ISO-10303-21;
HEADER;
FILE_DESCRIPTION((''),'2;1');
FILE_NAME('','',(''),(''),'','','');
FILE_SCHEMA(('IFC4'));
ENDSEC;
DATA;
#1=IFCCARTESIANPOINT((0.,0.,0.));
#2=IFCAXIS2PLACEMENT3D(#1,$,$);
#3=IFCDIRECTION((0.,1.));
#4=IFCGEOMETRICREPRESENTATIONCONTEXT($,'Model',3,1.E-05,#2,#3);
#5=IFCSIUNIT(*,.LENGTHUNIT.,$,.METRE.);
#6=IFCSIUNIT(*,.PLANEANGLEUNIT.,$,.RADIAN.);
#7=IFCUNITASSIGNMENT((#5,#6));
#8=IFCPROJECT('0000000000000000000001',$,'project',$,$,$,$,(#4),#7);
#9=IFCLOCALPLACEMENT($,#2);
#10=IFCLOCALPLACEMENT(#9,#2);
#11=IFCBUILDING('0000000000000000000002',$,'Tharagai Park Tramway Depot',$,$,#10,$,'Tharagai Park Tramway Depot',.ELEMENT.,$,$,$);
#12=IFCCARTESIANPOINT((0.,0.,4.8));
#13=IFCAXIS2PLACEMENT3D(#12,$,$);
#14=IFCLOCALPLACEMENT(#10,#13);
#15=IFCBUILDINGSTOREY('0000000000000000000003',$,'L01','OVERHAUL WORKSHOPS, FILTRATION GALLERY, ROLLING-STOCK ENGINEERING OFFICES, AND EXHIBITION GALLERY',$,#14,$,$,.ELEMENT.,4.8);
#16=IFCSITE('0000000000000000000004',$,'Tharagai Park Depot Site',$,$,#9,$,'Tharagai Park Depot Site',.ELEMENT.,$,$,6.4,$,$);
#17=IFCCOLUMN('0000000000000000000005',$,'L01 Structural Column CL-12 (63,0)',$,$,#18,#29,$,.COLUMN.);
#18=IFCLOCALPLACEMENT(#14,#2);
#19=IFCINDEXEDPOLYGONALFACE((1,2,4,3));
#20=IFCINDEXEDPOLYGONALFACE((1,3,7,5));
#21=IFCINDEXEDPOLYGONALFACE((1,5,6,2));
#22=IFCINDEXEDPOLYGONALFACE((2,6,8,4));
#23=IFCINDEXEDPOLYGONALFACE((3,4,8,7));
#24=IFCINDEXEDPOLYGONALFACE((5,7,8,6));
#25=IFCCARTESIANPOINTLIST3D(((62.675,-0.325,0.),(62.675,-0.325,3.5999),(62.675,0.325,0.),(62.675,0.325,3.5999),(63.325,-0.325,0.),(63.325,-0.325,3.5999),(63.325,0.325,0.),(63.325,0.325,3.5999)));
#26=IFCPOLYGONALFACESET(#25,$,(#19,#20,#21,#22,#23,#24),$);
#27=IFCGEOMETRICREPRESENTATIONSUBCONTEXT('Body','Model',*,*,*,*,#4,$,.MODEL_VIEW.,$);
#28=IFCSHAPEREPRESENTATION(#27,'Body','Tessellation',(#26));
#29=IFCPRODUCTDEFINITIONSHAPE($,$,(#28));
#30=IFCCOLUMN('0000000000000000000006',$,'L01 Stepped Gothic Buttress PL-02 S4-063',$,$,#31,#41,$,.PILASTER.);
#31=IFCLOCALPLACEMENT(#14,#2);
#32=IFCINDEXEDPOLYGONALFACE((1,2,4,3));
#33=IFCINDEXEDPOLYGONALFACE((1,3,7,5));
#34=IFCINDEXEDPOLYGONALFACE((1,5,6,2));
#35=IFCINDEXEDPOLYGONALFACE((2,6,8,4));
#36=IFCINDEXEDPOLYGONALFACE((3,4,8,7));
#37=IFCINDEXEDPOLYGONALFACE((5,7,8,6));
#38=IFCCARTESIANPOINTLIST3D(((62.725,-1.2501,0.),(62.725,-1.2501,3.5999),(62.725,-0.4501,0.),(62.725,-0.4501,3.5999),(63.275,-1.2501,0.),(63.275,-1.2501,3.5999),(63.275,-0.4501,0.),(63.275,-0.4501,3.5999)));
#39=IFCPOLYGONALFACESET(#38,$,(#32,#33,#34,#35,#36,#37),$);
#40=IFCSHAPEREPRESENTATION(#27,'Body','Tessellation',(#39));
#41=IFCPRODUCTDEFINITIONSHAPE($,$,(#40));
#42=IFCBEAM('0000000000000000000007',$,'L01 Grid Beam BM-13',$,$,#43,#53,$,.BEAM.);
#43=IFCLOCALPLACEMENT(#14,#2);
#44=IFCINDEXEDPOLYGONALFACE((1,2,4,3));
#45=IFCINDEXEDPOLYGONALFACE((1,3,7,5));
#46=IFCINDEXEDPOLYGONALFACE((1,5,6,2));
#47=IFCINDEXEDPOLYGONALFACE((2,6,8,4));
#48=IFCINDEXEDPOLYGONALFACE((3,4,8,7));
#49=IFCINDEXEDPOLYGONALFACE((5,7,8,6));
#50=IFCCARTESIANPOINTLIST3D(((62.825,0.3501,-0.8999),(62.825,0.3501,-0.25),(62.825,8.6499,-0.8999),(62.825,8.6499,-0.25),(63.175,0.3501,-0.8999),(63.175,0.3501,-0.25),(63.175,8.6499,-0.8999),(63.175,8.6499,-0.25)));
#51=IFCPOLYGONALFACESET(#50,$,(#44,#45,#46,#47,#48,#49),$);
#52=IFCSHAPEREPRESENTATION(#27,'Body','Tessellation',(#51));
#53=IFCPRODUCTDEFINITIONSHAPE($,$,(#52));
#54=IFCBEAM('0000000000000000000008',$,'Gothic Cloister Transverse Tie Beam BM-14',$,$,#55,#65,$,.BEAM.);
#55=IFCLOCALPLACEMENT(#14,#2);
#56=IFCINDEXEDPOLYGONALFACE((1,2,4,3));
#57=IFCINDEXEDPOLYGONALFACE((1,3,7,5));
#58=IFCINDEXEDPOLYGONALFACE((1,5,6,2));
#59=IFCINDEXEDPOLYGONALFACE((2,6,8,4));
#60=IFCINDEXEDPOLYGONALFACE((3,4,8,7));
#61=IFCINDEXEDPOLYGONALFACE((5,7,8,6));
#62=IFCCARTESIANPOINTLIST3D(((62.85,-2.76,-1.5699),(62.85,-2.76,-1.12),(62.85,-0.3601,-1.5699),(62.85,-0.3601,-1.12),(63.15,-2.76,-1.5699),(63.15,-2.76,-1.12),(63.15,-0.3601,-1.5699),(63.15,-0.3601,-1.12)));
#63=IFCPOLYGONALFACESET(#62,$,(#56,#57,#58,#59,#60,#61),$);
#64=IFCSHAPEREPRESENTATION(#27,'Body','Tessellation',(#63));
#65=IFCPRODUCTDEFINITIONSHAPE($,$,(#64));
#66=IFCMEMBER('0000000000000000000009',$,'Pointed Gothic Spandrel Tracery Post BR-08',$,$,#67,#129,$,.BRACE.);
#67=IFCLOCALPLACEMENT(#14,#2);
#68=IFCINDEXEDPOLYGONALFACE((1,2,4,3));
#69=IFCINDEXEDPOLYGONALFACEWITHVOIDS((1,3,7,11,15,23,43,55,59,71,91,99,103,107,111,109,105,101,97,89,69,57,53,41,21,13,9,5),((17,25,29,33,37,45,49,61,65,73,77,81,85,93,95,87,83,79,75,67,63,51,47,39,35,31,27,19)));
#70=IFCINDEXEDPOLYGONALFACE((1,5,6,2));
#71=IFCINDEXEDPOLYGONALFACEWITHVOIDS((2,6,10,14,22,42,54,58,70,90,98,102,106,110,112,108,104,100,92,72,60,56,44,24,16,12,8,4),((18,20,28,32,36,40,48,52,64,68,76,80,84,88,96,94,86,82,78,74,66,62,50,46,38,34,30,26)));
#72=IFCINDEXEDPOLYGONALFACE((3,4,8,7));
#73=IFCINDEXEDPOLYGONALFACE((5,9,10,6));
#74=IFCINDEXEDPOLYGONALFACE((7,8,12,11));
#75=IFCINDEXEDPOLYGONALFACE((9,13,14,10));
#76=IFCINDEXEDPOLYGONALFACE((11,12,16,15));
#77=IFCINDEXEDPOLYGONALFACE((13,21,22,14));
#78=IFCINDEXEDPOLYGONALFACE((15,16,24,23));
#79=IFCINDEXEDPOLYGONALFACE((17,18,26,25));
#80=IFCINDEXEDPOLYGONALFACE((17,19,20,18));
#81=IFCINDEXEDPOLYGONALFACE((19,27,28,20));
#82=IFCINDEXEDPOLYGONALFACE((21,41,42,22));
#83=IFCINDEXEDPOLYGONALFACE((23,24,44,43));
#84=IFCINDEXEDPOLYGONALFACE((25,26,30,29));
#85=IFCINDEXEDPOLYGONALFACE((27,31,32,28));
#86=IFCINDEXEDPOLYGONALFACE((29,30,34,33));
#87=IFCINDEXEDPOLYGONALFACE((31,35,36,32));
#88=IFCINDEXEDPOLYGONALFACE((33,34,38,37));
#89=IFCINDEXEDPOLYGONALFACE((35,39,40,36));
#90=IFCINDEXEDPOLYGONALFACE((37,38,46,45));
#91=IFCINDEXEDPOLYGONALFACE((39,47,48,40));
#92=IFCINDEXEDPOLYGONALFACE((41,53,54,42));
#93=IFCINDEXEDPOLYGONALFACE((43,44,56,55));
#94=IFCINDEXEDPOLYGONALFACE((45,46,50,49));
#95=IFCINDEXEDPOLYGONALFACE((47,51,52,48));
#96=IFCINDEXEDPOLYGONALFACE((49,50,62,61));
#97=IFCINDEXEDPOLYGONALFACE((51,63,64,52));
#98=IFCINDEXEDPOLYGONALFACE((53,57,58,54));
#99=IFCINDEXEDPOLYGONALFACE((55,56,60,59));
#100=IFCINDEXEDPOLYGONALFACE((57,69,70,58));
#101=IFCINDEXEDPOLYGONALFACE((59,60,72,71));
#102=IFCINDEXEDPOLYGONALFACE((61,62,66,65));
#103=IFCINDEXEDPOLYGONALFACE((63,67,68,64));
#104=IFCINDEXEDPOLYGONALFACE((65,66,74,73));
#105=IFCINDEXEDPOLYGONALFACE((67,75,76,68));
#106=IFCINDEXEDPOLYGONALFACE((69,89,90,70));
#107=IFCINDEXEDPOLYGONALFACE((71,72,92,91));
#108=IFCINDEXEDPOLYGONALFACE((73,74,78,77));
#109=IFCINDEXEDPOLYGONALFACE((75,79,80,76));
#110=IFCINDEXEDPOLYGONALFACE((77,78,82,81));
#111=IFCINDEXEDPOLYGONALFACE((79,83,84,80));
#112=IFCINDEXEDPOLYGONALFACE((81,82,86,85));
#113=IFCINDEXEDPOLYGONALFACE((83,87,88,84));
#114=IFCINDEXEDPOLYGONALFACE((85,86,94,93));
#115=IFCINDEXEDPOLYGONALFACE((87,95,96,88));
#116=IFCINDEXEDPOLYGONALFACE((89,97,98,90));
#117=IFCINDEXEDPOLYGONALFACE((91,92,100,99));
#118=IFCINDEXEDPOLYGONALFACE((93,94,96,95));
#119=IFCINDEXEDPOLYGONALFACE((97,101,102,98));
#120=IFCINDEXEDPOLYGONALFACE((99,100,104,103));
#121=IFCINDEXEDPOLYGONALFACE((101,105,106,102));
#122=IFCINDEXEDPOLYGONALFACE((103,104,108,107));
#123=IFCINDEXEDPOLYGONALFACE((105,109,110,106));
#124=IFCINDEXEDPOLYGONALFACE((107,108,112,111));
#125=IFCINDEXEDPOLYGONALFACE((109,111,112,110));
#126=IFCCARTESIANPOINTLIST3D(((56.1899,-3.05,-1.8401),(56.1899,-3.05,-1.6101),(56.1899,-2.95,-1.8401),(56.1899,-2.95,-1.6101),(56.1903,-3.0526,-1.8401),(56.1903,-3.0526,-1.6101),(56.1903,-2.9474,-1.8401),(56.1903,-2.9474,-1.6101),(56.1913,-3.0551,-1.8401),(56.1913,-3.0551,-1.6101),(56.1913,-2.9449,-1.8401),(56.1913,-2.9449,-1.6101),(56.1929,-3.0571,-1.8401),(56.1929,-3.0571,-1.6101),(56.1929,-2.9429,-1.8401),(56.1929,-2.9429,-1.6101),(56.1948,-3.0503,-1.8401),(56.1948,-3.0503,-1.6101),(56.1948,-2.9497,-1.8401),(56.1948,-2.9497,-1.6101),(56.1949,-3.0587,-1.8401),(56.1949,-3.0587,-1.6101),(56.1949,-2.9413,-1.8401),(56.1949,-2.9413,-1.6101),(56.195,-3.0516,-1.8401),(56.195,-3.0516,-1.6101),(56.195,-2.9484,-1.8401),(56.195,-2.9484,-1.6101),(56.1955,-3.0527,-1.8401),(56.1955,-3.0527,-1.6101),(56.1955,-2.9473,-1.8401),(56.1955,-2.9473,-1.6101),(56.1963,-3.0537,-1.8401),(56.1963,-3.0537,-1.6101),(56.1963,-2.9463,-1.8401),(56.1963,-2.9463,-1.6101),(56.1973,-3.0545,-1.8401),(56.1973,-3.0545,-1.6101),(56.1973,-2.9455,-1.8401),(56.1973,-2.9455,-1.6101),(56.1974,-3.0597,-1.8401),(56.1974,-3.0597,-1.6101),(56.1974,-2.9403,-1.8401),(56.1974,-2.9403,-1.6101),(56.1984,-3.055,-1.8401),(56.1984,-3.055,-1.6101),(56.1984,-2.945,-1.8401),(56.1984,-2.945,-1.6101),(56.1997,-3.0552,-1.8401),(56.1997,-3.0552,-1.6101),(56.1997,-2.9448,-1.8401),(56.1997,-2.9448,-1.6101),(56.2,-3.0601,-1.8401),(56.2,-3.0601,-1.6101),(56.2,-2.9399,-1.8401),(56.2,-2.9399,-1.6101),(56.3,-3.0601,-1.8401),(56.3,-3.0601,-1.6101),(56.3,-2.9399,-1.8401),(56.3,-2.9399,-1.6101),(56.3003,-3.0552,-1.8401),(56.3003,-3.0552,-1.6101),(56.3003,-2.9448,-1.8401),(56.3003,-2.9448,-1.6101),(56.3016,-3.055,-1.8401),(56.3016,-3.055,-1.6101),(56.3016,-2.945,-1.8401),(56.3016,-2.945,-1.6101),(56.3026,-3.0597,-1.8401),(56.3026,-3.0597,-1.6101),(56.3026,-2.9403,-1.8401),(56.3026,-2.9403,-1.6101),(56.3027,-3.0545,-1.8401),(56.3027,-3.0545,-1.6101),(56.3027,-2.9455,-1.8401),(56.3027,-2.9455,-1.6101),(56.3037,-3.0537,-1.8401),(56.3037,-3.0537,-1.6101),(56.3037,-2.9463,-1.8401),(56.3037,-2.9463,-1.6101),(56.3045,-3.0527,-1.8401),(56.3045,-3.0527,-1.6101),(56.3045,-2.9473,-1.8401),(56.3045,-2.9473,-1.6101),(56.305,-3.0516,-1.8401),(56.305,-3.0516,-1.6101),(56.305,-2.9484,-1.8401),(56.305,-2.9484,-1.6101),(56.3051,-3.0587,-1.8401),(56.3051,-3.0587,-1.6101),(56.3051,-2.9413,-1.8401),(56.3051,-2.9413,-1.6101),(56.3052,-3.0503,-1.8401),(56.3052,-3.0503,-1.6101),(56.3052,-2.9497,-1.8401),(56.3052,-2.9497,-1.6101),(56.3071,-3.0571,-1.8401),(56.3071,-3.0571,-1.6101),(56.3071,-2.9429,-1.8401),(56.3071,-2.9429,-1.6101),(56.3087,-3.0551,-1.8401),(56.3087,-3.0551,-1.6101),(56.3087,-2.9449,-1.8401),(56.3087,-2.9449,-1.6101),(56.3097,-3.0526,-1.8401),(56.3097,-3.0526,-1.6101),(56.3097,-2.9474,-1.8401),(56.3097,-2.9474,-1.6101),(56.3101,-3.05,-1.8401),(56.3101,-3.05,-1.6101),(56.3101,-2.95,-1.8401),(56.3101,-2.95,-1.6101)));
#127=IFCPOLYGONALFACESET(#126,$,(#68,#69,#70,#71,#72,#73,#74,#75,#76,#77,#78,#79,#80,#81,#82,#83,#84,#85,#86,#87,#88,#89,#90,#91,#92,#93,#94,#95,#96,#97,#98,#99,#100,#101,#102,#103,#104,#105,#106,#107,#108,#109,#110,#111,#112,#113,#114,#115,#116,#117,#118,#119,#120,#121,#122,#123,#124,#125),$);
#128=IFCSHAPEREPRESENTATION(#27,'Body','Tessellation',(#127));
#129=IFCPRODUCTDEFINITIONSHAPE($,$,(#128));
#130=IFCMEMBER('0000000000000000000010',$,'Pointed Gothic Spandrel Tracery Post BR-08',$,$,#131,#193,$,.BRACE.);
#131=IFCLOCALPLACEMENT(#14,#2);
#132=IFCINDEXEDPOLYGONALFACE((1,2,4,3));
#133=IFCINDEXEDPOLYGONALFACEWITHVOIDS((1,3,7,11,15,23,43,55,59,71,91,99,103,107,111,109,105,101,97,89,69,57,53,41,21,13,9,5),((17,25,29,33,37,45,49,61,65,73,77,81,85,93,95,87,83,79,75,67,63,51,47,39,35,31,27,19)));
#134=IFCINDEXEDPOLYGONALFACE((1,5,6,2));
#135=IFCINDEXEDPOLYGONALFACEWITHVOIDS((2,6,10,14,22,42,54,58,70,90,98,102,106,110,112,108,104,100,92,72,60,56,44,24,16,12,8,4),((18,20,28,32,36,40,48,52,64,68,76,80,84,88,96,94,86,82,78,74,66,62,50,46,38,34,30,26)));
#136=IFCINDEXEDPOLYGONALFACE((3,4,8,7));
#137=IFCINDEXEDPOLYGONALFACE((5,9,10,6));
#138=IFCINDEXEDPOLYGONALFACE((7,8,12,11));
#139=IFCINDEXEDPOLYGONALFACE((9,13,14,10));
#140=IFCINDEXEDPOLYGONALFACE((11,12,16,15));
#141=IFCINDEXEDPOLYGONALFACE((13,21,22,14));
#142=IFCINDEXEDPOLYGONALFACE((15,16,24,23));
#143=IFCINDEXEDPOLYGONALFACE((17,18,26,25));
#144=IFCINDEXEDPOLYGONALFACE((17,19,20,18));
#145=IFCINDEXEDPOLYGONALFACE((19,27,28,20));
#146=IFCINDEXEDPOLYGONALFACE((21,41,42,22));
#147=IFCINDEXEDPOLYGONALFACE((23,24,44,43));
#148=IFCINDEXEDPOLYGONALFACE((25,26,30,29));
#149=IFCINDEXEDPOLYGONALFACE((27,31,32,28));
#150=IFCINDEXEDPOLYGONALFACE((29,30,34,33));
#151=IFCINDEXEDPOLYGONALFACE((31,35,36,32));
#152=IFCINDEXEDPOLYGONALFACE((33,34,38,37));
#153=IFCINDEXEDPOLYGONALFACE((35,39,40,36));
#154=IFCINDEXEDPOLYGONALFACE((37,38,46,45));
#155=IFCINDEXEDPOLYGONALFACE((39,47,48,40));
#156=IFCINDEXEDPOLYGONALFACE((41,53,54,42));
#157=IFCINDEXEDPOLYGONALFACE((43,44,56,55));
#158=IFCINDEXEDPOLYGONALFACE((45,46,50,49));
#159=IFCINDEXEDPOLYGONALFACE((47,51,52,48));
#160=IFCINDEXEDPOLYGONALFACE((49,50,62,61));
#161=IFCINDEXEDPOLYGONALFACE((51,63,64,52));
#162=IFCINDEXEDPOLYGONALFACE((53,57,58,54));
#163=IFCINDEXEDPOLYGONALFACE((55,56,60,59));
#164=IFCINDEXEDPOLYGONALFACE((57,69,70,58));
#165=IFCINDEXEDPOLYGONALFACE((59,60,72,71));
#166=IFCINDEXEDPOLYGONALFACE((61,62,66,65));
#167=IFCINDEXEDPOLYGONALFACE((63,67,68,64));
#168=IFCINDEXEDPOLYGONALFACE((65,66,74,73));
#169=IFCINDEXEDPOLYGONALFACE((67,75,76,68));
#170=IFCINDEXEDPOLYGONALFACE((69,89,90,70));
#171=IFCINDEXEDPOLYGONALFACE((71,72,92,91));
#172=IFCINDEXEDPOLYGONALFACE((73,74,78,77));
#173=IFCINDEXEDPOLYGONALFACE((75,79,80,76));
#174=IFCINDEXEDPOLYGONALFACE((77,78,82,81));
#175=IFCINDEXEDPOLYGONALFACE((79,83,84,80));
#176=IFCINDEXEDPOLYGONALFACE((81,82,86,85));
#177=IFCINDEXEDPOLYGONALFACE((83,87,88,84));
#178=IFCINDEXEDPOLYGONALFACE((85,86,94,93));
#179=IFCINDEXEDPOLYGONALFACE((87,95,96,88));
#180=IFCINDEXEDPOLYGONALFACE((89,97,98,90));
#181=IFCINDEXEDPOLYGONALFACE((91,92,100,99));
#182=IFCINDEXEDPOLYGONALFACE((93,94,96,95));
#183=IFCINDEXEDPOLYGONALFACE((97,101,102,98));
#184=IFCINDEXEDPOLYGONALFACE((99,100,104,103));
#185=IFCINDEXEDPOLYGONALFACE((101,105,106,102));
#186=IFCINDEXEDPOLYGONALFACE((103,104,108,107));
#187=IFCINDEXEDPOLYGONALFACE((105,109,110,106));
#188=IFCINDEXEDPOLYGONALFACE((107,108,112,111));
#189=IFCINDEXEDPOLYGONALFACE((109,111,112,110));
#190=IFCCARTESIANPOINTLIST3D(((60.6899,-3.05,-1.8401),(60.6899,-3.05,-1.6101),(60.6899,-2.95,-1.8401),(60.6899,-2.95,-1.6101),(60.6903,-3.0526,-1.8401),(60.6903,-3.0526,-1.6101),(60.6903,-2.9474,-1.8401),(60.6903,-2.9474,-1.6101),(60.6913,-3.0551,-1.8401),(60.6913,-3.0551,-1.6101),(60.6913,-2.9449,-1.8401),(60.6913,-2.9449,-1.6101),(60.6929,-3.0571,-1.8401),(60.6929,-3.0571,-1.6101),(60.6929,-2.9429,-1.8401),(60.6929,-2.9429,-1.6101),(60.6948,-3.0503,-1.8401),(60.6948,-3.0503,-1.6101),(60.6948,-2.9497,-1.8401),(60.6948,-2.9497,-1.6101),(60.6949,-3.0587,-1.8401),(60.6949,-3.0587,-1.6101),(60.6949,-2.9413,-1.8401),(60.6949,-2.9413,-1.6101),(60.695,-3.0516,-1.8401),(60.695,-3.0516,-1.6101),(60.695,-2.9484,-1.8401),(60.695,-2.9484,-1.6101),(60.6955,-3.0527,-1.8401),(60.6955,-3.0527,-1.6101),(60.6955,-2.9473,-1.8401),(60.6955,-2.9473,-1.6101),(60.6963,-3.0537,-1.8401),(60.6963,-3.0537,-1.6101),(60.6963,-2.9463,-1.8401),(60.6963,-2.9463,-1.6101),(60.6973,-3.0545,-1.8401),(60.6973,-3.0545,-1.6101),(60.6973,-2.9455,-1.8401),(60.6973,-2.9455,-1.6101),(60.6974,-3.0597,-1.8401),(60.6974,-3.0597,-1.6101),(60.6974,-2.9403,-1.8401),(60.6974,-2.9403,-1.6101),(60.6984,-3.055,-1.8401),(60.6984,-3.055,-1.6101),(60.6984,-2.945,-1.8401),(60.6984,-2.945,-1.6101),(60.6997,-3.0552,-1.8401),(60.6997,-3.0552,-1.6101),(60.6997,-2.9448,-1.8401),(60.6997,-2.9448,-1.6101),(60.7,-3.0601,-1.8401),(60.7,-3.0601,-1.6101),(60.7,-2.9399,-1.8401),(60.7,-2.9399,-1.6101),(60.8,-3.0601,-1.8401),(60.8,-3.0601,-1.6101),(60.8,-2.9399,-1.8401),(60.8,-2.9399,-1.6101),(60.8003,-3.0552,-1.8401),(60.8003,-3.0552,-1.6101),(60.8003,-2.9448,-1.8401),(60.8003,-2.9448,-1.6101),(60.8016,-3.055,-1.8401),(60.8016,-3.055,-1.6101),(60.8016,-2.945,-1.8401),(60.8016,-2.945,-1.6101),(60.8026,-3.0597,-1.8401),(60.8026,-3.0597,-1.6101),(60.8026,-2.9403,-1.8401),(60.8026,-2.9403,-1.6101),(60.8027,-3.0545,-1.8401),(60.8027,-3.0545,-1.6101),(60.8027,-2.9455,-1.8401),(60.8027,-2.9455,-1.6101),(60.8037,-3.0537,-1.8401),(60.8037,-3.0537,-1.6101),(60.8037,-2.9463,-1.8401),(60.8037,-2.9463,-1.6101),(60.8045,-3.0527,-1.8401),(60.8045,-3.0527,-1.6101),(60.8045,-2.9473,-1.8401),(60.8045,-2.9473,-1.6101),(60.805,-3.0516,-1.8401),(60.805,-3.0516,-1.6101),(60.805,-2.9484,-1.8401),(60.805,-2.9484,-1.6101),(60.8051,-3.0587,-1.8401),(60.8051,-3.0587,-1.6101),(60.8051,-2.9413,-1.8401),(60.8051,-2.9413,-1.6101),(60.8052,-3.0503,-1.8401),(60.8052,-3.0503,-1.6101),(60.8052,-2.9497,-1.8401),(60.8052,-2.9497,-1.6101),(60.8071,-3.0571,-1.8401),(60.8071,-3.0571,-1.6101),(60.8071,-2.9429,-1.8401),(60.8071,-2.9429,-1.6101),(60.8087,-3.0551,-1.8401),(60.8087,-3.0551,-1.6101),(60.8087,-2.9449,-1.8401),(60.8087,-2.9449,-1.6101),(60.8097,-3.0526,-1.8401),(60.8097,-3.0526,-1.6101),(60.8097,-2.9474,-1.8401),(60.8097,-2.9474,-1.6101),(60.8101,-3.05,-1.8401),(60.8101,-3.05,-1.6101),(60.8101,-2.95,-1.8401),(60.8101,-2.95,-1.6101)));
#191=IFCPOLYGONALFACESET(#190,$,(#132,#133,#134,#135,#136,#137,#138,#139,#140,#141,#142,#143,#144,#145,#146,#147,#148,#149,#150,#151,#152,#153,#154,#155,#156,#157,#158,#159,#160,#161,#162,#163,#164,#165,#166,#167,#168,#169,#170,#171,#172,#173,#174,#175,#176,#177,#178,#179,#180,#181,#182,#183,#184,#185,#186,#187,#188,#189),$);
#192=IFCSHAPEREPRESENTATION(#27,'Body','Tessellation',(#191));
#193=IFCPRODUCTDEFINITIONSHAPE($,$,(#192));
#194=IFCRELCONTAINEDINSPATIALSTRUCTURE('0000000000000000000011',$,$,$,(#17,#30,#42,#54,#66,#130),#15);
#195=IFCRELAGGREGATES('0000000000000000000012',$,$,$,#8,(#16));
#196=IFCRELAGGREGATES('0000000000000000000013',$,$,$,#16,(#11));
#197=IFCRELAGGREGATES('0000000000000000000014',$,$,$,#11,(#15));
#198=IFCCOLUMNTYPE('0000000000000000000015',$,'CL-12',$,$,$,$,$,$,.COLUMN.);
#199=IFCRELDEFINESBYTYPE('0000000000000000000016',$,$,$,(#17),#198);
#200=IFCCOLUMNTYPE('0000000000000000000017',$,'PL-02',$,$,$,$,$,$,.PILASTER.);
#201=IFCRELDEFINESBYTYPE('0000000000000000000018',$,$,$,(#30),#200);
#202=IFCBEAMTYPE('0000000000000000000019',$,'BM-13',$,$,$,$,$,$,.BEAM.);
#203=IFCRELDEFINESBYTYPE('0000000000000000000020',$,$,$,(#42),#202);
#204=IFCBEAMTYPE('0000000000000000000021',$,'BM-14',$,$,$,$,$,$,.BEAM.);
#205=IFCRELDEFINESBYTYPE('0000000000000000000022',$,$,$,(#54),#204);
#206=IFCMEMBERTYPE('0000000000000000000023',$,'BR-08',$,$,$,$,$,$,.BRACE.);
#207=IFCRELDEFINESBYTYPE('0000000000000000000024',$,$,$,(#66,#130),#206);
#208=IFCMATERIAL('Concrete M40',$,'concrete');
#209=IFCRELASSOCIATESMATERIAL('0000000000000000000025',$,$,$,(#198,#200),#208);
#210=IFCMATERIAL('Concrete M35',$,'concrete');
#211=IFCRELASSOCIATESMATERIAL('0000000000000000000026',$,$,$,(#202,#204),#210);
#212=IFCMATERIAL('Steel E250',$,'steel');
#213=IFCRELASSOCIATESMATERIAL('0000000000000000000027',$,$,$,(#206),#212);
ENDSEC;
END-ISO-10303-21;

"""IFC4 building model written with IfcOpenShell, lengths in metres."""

from ifc_helpers import new_model, si_unit, direction, frame, origin, origin_2d, place, context, subcontext, project, spatial, rectangle, hollow_rectangle, extrude, material, material_profile, profile_set, type_object, element, save


model = new_model("IFC4")

# Units and contexts
model_context = context("Model", 3, precision=1e-05, world=origin(), true_north=direction((0.0, 1.0)))
body_context = subcontext(model_context, "Body", "Model", "MODEL_VIEW")
ifc_project = project(units=[si_unit("LENGTHUNIT", "METRE"), si_unit("PLANEANGLEUNIT", "RADIAN")], contexts=[model_context])

# Site, building, storey
site_placement = place(None, origin())
site = spatial("IfcSite", under=ifc_project, at=site_placement, Name="Tharagai Park Depot Site", LongName="Tharagai Park Depot Site", CompositionType="ELEMENT", RefElevation=6.4)
building_placement = place(site_placement, origin())
building = spatial("IfcBuilding", under=site, at=building_placement, Name="Tharagai Park Tramway Depot", LongName="Tharagai Park Tramway Depot", CompositionType="ELEMENT")
storey_placement = place(building_placement, frame((0.0, 0.0, 4.8)))
storey = spatial("IfcBuildingStorey", under=building, at=storey_placement, Name="L01", Description="OVERHAUL WORKSHOPS, FILTRATION GALLERY, ROLLING-STOCK ENGINEERING OFFICES, AND EXHIBITION GALLERY", CompositionType="ELEMENT", Elevation=4.8)

# Columns
ifc_material_1 = material(Name="Concrete M40", Category="concrete")
ifc_material_profile_1 = material_profile(ifc_material_1, rectangle(XDim=0.6499, YDim=0.6499, at=origin_2d()), Name="RC 650x650")
ifc_profile_set_1 = profile_set([ifc_material_profile_1], Name="Concrete M40")
column_type_1 = type_object("IfcColumnType", Name="CL-12", PredefinedType="COLUMN", material=ifc_profile_set_1)
column_1_placement = place(storey_placement, frame((63.0, 0.0, 0.0), z_axis=(0.0, 0.0, 1.0), x_axis=(1.0, 0.0, 0.0)))
element("IfcColumn", 1, at=column_1_placement, inside=storey, type_object=column_type_1, Name="L01 Structural Column CL-12 (63,0)", PredefinedType="COLUMN", context=body_context, shape_type="SweptSolid", body=[
    extrude(rectangle(XDim=0.6499, YDim=0.6499, at=origin_2d()), origin(), (0.0, 0.0, 1.0), 3.5999),
])
ifc_material_profile_2 = material_profile(ifc_material_1, rectangle(XDim=0.55, YDim=0.8, at=origin_2d()), Name="RC 550x800")
ifc_profile_set_2 = profile_set([ifc_material_profile_2], Name="Concrete M40")
column_type_2 = type_object("IfcColumnType", Name="PL-02", PredefinedType="PILASTER", material=ifc_profile_set_2)
column_2_placement = place(storey_placement, frame((63.0, -0.8501, 0.0), z_axis=(0.0, 0.0, 1.0), x_axis=(1.0, 0.0, 0.0)))
element("IfcColumn", 2, at=column_2_placement, inside=storey, type_object=column_type_2, Name="L01 Stepped Gothic Buttress PL-02 S4-063", PredefinedType="PILASTER", context=body_context, shape_type="SweptSolid", body=[
    extrude(rectangle(XDim=0.55, YDim=0.8, at=origin_2d()), origin(), (0.0, 0.0, 1.0), 3.5999),
])

# Beams
ifc_material_2 = material(Name="Concrete M35", Category="concrete")
ifc_material_profile_3 = material_profile(ifc_material_2, rectangle(XDim=0.3501, YDim=0.6499, at=origin_2d()), Name="RC 350x650")
ifc_profile_set_3 = profile_set([ifc_material_profile_3], Name="Concrete M35")
beam_type_1 = type_object("IfcBeamType", Name="BM-13", PredefinedType="BEAM", material=ifc_profile_set_3)
beam_1_placement = place(storey_placement, frame((63.0, 0.3501, -0.575), z_axis=(0.0, 1.0, 0.0), x_axis=(-1.0, 0.0, 0.0)))
element("IfcBeam", 3, at=beam_1_placement, inside=storey, type_object=beam_type_1, Name="L01 Grid Beam BM-13", PredefinedType="BEAM", context=body_context, shape_type="SweptSolid", body=[
    extrude(rectangle(XDim=0.3501, YDim=0.6499, at=origin_2d()), origin(), (0.0, 0.0, 1.0), 8.2998),
])
ifc_material_profile_4 = material_profile(ifc_material_2, rectangle(XDim=0.3, YDim=0.45, at=origin_2d()), Name="RC 300x450")
ifc_profile_set_4 = profile_set([ifc_material_profile_4], Name="Concrete M35")
beam_type_2 = type_object("IfcBeamType", Name="BM-14", PredefinedType="BEAM", material=ifc_profile_set_4)
beam_2_placement = place(storey_placement, frame((63.0, -2.76, -1.345), z_axis=(0.0, 1.0, 0.0), x_axis=(-1.0, 0.0, 0.0)))
element("IfcBeam", 4, at=beam_2_placement, inside=storey, type_object=beam_type_2, Name="Gothic Cloister Transverse Tie Beam BM-14", PredefinedType="BEAM", context=body_context, shape_type="SweptSolid", body=[
    extrude(rectangle(XDim=0.3, YDim=0.45, at=origin_2d()), origin(), (0.0, 0.0, 1.0), 2.3999),
])

# Members
ifc_material_3 = material(Name="Steel E250", Category="steel")
ifc_material_profile_5 = material_profile(ifc_material_3, hollow_rectangle(XDim=0.1201, YDim=0.1201, WallThickness=0.0049, InnerFilletRadius=0.0049, OuterFilletRadius=0.01, at=origin_2d()), Name="SHS 120x120x5")
ifc_profile_set_5 = profile_set([ifc_material_profile_5], Name="Steel E250")
member_type_1 = type_object("IfcMemberType", Name="BR-08", PredefinedType="BRACE", material=ifc_profile_set_5)
for number, where, z_axis, x_axis, name in (
    (5, (56.25, -3.0, -1.8401), (0.0, 0.0, 1.0), (1.0, 0.0, 0.0), "Pointed Gothic Spandrel Tracery Post BR-08"),
    (6, (60.75, -3.0, -1.8401), (0.0, 0.0, 1.0), (1.0, 0.0, 0.0), "Pointed Gothic Spandrel Tracery Post BR-08"),
):
    element("IfcMember", number, at=place(storey_placement, frame(where, z_axis=z_axis, x_axis=x_axis)), inside=storey, type_object=member_type_1, Name=name, PredefinedType="BRACE", context=body_context, shape_type="SweptSolid", body=[
        extrude(hollow_rectangle(XDim=0.1201, YDim=0.1201, WallThickness=0.0049, InnerFilletRadius=0.0049, OuterFilletRadius=0.01, at=origin_2d()), origin(), (0.0, 0.0, 1.0), 0.23),
    ])

save(model, "model.ifc")
